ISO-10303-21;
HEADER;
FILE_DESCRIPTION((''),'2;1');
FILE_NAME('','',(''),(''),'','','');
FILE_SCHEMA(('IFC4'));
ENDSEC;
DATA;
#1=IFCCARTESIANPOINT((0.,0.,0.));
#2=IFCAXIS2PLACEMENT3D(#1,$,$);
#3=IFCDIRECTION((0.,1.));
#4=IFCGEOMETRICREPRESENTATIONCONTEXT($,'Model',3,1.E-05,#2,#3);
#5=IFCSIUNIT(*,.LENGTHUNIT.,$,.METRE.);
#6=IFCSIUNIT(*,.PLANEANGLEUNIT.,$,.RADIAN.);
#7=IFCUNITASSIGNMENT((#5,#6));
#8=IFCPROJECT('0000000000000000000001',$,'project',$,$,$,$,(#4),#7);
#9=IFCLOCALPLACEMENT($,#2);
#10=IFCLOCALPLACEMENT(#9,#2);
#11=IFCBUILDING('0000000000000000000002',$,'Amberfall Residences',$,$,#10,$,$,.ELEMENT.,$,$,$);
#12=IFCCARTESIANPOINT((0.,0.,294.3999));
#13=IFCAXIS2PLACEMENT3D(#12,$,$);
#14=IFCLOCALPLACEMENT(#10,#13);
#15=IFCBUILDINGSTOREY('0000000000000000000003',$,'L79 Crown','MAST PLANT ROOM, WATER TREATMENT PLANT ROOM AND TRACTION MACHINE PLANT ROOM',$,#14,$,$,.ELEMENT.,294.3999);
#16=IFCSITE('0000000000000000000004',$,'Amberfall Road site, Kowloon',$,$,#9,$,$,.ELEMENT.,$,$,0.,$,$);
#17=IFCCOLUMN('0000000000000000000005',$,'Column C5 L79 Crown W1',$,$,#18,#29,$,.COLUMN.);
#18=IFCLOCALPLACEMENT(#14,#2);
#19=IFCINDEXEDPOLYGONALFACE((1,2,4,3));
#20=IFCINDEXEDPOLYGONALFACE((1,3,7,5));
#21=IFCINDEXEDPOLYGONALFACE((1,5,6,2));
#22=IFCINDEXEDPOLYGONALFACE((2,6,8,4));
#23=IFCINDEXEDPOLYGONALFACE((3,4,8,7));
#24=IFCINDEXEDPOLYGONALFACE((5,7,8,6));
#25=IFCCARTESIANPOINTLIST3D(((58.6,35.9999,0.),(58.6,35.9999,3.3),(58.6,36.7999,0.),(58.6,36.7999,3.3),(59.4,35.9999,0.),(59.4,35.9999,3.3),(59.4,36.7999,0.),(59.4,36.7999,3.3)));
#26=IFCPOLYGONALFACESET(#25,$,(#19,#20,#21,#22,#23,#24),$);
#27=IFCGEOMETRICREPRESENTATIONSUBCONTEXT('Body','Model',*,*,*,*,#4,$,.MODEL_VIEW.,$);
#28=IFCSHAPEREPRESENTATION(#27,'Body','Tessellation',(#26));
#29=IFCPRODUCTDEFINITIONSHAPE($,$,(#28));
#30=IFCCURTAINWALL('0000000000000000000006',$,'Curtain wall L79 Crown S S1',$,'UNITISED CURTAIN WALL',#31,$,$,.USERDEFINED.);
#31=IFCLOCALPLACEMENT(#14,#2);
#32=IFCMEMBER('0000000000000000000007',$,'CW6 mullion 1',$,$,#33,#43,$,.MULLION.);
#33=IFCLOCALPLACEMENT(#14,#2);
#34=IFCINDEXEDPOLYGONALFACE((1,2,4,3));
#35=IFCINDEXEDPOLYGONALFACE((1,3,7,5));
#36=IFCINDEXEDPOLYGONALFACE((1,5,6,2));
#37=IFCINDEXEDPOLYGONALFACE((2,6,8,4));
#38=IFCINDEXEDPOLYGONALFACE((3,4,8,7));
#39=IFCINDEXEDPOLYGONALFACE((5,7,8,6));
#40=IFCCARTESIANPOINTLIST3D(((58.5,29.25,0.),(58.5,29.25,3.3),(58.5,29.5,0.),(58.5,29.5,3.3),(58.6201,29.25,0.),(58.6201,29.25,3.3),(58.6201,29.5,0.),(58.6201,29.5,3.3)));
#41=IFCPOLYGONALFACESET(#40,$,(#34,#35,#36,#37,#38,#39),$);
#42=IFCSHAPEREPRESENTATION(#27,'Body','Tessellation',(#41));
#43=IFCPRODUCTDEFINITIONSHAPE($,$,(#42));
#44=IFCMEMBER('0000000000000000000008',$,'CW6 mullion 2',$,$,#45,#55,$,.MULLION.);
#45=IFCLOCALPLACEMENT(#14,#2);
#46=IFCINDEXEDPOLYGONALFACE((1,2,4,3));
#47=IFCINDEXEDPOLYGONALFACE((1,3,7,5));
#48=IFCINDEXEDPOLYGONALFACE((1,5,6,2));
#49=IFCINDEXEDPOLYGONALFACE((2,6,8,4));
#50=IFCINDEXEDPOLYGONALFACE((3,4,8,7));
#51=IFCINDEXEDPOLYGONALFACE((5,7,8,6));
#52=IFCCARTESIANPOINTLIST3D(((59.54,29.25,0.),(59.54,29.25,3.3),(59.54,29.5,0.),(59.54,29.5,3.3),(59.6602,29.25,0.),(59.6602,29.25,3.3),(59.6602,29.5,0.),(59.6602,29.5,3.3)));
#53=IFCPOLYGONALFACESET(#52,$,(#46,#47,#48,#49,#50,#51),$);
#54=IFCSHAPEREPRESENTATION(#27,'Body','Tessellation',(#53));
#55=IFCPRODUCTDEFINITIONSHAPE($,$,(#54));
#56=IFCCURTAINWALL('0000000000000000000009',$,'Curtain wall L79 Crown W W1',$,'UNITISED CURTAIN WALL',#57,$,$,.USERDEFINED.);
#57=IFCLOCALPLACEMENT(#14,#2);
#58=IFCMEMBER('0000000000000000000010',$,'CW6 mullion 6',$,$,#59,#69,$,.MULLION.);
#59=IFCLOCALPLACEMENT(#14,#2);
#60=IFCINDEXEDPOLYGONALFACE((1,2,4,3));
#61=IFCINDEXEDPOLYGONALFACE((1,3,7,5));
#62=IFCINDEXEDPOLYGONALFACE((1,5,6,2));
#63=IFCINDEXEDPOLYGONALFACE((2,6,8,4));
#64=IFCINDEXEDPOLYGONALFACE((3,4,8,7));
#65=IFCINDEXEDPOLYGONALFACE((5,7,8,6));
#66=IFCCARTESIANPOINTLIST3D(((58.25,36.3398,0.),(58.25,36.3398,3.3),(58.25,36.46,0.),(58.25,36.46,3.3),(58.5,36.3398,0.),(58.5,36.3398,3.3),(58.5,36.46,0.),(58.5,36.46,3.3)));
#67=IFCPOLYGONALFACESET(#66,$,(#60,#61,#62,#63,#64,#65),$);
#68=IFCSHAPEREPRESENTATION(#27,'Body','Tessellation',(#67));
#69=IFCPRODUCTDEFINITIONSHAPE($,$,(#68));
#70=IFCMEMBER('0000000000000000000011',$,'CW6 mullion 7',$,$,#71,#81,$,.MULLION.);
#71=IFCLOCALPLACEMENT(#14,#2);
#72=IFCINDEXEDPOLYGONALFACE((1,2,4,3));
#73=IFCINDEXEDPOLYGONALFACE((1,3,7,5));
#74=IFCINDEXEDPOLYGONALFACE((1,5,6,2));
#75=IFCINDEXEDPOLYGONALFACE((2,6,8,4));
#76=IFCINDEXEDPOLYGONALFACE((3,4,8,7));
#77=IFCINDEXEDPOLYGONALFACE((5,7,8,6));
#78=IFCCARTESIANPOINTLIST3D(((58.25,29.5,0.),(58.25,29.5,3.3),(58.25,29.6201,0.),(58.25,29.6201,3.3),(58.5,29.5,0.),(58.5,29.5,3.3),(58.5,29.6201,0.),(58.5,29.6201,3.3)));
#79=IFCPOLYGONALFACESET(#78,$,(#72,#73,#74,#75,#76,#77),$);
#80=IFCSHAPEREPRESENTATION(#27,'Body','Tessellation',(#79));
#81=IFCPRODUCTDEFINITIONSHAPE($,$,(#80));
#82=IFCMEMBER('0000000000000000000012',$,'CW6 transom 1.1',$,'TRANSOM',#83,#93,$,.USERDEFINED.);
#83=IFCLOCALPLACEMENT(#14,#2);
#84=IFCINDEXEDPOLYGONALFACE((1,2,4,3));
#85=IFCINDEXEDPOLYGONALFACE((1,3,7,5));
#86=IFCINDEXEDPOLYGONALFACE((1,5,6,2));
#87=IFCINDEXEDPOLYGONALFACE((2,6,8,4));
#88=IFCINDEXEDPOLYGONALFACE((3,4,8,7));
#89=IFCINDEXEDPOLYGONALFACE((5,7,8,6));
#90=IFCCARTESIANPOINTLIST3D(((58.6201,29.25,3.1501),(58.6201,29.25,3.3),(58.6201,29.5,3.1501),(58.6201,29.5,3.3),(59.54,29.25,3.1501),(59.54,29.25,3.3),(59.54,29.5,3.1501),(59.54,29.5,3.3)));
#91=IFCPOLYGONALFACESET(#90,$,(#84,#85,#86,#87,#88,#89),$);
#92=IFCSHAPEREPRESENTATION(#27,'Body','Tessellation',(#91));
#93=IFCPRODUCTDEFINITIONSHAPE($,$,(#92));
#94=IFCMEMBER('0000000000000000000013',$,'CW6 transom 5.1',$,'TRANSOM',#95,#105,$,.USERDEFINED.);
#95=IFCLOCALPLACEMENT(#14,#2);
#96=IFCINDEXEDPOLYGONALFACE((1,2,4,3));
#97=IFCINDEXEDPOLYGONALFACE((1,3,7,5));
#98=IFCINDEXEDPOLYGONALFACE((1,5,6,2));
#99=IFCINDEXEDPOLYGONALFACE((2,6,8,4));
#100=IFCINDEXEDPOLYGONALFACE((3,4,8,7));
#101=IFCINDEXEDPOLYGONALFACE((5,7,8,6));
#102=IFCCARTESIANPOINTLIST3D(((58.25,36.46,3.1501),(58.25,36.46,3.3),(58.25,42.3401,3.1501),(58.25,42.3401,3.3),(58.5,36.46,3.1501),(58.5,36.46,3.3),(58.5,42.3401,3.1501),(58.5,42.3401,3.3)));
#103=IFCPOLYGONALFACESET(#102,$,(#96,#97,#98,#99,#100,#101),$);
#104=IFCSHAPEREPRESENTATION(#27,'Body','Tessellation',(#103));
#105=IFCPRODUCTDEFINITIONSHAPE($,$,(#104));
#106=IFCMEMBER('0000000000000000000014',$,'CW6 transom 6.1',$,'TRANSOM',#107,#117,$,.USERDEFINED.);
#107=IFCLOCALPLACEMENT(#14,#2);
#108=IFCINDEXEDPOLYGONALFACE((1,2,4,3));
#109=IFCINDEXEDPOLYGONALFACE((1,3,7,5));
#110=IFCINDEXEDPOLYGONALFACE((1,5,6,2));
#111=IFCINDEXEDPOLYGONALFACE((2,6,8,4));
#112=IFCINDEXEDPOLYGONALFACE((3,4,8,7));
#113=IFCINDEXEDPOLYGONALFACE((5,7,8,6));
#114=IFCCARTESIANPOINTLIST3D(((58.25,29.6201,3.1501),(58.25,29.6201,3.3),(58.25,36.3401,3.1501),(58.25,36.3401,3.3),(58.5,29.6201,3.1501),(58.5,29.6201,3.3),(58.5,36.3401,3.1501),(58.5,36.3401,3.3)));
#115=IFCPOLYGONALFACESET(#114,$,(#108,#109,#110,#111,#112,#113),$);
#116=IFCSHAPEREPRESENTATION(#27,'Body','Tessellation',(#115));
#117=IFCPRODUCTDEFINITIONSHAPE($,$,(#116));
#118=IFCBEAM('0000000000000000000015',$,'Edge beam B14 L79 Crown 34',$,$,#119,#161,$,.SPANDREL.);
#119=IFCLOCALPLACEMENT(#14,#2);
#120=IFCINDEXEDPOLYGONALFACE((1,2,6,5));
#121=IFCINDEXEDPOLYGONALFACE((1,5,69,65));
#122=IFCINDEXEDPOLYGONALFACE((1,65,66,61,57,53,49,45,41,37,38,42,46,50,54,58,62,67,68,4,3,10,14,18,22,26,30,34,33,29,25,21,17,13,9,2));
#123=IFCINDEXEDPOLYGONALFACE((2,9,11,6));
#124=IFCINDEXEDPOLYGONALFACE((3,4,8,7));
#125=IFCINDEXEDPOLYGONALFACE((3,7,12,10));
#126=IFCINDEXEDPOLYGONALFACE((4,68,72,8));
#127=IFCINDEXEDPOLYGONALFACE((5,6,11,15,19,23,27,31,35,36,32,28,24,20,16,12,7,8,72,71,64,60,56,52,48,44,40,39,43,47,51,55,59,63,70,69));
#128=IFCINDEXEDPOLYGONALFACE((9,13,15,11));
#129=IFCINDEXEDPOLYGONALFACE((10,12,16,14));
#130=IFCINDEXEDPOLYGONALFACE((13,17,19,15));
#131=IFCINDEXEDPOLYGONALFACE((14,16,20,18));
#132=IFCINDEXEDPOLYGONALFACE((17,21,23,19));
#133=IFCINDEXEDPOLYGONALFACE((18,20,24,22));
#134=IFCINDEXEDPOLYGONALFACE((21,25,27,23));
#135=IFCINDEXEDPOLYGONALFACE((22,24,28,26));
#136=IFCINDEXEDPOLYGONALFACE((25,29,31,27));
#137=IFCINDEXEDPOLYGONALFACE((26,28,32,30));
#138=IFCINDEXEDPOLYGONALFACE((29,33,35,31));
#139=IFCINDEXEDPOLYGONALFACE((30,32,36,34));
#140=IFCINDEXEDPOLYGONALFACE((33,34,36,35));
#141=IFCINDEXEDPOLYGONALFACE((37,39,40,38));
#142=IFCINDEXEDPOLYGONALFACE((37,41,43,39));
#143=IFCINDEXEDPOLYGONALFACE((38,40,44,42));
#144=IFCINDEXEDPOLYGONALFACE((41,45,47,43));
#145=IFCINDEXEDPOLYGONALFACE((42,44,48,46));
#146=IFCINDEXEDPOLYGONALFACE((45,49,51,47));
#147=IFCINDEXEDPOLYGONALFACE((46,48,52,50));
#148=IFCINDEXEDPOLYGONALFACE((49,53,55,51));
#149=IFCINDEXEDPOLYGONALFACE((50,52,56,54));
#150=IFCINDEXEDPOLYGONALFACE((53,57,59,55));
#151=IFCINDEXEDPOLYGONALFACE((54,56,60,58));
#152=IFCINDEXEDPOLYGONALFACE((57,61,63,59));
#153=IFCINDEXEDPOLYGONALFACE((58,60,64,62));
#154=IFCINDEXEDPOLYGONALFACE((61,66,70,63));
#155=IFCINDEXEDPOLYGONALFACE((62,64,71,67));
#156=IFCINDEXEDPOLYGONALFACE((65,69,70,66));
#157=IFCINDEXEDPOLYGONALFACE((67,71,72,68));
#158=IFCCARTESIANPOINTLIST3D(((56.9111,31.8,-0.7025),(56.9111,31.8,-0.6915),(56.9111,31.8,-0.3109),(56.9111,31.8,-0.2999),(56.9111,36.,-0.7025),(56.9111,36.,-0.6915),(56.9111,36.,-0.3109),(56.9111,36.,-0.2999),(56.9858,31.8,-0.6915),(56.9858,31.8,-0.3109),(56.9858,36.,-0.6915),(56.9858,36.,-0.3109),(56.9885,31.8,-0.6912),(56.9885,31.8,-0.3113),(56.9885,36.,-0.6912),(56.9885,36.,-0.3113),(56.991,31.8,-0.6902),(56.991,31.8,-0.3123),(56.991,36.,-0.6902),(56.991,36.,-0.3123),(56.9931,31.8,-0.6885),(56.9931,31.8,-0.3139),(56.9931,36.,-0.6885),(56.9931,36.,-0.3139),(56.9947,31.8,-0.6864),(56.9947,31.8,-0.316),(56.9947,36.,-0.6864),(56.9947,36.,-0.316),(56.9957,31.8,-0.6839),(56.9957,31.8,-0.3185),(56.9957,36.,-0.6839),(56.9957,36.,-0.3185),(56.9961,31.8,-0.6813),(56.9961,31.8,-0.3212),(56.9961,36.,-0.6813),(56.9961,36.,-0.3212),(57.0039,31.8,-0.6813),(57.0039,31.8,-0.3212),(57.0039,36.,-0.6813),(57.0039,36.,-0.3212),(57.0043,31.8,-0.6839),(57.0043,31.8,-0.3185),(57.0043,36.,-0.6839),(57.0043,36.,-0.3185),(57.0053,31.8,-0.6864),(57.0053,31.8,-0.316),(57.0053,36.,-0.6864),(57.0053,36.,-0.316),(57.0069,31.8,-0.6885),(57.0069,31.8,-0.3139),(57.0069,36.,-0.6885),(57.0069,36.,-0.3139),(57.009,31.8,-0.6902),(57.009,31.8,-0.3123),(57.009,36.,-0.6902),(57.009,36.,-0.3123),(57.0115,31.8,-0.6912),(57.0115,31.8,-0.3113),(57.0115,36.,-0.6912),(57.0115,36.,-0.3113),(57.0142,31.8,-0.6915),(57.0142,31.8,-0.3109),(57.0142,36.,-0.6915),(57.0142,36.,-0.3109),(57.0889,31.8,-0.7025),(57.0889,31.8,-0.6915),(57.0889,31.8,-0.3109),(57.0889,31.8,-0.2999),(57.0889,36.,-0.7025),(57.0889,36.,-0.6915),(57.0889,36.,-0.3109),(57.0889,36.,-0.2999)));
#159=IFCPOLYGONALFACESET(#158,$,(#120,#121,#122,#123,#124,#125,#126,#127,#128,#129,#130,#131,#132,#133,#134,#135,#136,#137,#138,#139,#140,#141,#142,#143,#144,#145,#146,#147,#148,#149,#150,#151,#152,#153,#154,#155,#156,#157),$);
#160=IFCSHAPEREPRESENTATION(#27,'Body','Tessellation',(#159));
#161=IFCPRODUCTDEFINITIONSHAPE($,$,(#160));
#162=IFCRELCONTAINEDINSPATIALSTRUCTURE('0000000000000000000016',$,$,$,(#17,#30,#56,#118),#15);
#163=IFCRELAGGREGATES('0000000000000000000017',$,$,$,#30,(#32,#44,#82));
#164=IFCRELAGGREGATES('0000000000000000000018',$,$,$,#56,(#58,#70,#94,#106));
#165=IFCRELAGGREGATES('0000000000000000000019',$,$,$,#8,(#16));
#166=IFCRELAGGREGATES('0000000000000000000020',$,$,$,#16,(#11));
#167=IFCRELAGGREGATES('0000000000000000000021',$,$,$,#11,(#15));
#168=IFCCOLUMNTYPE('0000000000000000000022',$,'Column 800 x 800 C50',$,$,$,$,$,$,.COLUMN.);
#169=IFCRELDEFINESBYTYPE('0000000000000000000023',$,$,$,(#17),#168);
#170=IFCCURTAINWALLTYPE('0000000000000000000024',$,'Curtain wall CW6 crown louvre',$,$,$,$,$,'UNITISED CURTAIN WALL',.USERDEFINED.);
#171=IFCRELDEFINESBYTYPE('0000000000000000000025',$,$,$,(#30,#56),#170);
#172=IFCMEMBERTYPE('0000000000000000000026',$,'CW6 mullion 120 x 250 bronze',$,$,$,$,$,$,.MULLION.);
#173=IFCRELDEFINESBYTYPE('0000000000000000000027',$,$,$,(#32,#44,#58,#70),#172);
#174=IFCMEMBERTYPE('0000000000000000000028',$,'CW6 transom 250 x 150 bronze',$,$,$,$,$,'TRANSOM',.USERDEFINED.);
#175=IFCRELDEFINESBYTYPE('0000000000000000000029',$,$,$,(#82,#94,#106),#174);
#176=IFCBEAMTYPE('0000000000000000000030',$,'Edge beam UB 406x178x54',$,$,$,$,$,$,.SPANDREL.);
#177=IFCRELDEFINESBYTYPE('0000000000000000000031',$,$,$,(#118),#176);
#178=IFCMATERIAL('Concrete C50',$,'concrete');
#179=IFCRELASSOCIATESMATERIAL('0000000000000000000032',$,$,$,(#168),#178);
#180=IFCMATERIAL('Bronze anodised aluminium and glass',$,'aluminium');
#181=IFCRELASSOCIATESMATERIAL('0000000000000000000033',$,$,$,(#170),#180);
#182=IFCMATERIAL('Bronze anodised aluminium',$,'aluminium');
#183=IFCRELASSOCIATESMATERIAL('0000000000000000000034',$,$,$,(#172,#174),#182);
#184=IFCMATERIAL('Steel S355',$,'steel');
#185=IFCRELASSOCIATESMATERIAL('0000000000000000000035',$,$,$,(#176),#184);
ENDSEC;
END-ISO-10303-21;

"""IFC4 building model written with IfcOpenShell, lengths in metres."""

from ifc_helpers import new_model, si_unit, direction, frame, origin, origin_2d, place, context, subcontext, project, spatial, rectangle, i_section, extrude, material, material_profile, profile_set, type_object, element, aggregate, save


model = new_model("IFC4")

# Units and contexts
model_context = context("Model", 3, precision=1e-05, world=origin(), true_north=direction((0.0, 1.0)))
body_context = subcontext(model_context, "Body", "Model", "MODEL_VIEW")
ifc_project = project(units=[si_unit("LENGTHUNIT", "METRE"), si_unit("PLANEANGLEUNIT", "RADIAN")], contexts=[model_context])

# Site, building, storey
site_placement = place(None, origin())
site = spatial("IfcSite", under=ifc_project, at=site_placement, Name="Amberfall Road site, Kowloon", CompositionType="ELEMENT", RefElevation=0.0)
building_placement = place(site_placement, origin())
building = spatial("IfcBuilding", under=site, at=building_placement, Name="Amberfall Residences", CompositionType="ELEMENT")
storey_placement = place(building_placement, frame((0.0, 0.0, 294.3999)))
storey = spatial("IfcBuildingStorey", under=building, at=storey_placement, Name="L79 Crown", Description="MAST PLANT ROOM, WATER TREATMENT PLANT ROOM AND TRACTION MACHINE PLANT ROOM", CompositionType="ELEMENT", Elevation=294.3999)

# Column
ifc_material_1 = material(Name="Concrete C50", Category="concrete")
ifc_material_profile_1 = material_profile(ifc_material_1, rectangle(XDim=0.8, YDim=0.8, at=origin_2d()), Name="Column 800 x 800 C50")
ifc_profile_set_1 = profile_set([ifc_material_profile_1], Name="Concrete C50")
column_type = type_object("IfcColumnType", Name="Column 800 x 800 C50", PredefinedType="COLUMN", material=ifc_profile_set_1)
column_placement = place(storey_placement, frame((59.0, 36.3999, 0.0), z_axis=(0.0, 0.0, 1.0), x_axis=(1.0, 0.0, 0.0)))
element("IfcColumn", 1, at=column_placement, inside=storey, type_object=column_type, Name="Column C5 L79 Crown W1", PredefinedType="COLUMN", context=body_context, shape_type="SweptSolid", body=[
    extrude(rectangle(XDim=0.8, YDim=0.8, at=origin_2d()), origin(), (0.0, 0.0, 1.0), 3.3),
])

# Curtain walls, members
ifc_material_2 = material(Name="Bronze anodised aluminium and glass", Category="aluminium")
curtain_wall_type = type_object("IfcCurtainWallType", Name="Curtain wall CW6 crown louvre", ElementType="UNITISED CURTAIN WALL", PredefinedType="USERDEFINED", material=ifc_material_2)
curtain_wall_1_placement = place(storey_placement, origin())
curtain_wall_1 = element("IfcCurtainWall", 2, at=curtain_wall_1_placement, inside=storey, type_object=curtain_wall_type, Name="Curtain wall L79 Crown S S1", ObjectType="UNITISED CURTAIN WALL", PredefinedType="USERDEFINED")
ifc_material_3 = material(Name="Bronze anodised aluminium", Category="aluminium")
ifc_material_profile_2 = material_profile(ifc_material_3, rectangle(XDim=0.25, YDim=0.1201, at=origin_2d()), Name="CW6 mullion 120 x 250 bronze")
ifc_profile_set_2 = profile_set([ifc_material_profile_2], Name="Bronze anodised aluminium")
member_type_1 = type_object("IfcMemberType", Name="CW6 mullion 120 x 250 bronze", PredefinedType="MULLION", material=ifc_profile_set_2)
member_1_placement = place(storey_placement, frame((58.5601, 29.375, 0.0), z_axis=(0.0, 0.0, 1.0), x_axis=(0.0, 1.0, 0.0)))
member_1 = element("IfcMember", 3, at=member_1_placement, type_object=member_type_1, Name="CW6 mullion 1", PredefinedType="MULLION", context=body_context, shape_type="SweptSolid", body=[
    extrude(rectangle(XDim=0.25, YDim=0.1201, at=origin_2d()), origin(), (0.0, 0.0, 1.0), 3.3),
])
member_2_placement = place(storey_placement, frame((59.6001, 29.375, 0.0), z_axis=(0.0, 0.0, 1.0), x_axis=(0.0, 1.0, 0.0)))
member_2 = element("IfcMember", 4, at=member_2_placement, type_object=member_type_1, Name="CW6 mullion 2", PredefinedType="MULLION", context=body_context, shape_type="SweptSolid", body=[
    extrude(rectangle(XDim=0.25, YDim=0.1201, at=origin_2d()), origin(), (0.0, 0.0, 1.0), 3.3),
])
curtain_wall_2_placement = place(storey_placement, origin())
curtain_wall_2 = element("IfcCurtainWall", 5, at=curtain_wall_2_placement, inside=storey, type_object=curtain_wall_type, Name="Curtain wall L79 Crown W W1", ObjectType="UNITISED CURTAIN WALL", PredefinedType="USERDEFINED")
member_3_placement = place(storey_placement, frame((58.375, 36.3999, 0.0), z_axis=(0.0, 0.0, 1.0), x_axis=(1.0, 0.0, 0.0)))
member_3 = element("IfcMember", 6, at=member_3_placement, type_object=member_type_1, Name="CW6 mullion 6", PredefinedType="MULLION", context=body_context, shape_type="SweptSolid", body=[
    extrude(rectangle(XDim=0.25, YDim=0.1201, at=origin_2d()), origin(), (0.0, 0.0, 1.0), 3.3),
])
member_4_placement = place(storey_placement, frame((58.375, 29.5601, 0.0), z_axis=(0.0, 0.0, 1.0), x_axis=(1.0, 0.0, 0.0)))
member_4 = element("IfcMember", 7, at=member_4_placement, type_object=member_type_1, Name="CW6 mullion 7", PredefinedType="MULLION", context=body_context, shape_type="SweptSolid", body=[
    extrude(rectangle(XDim=0.25, YDim=0.1201, at=origin_2d()), origin(), (0.0, 0.0, 1.0), 3.3),
])

# Members
ifc_material_profile_3 = material_profile(ifc_material_3, rectangle(XDim=0.25, YDim=0.1499, at=origin_2d()), Name="CW6 transom 250 x 150 bronze")
ifc_profile_set_3 = profile_set([ifc_material_profile_3], Name="Bronze anodised aluminium")
member_type_2 = type_object("IfcMemberType", Name="CW6 transom 250 x 150 bronze", ElementType="TRANSOM", PredefinedType="USERDEFINED", material=ifc_profile_set_3)
member_5_placement = place(storey_placement, frame((58.6201, 29.375, 3.2251), z_axis=(1.0, 0.0, 0.0), x_axis=(0.0, 1.0, 0.0)))
member_5 = element("IfcMember", 8, at=member_5_placement, type_object=member_type_2, Name="CW6 transom 1.1", ObjectType="TRANSOM", PredefinedType="USERDEFINED", context=body_context, shape_type="SweptSolid", body=[
    extrude(rectangle(XDim=0.25, YDim=0.1499, at=origin_2d()), origin(), (0.0, 0.0, 1.0), 0.9199),
])
member_6_placement = place(storey_placement, frame((58.375, 42.3401, 3.2251), z_axis=(0.0, -1.0, 0.0), x_axis=(1.0, 0.0, 0.0)))
member_6 = element("IfcMember", 9, at=member_6_placement, type_object=member_type_2, Name="CW6 transom 5.1", ObjectType="TRANSOM", PredefinedType="USERDEFINED", context=body_context, shape_type="SweptSolid", body=[
    extrude(rectangle(XDim=0.25, YDim=0.1499, at=origin_2d()), origin(), (0.0, 0.0, 1.0), 5.8801),
])
member_7_placement = place(storey_placement, frame((58.375, 36.3401, 3.2251), z_axis=(0.0, -1.0, 0.0), x_axis=(1.0, 0.0, 0.0)))
member_7 = element("IfcMember", 10, at=member_7_placement, type_object=member_type_2, Name="CW6 transom 6.1", ObjectType="TRANSOM", PredefinedType="USERDEFINED", context=body_context, shape_type="SweptSolid", body=[
    extrude(rectangle(XDim=0.25, YDim=0.1499, at=origin_2d()), origin(), (0.0, 0.0, 1.0), 6.72),
])

# Beam
ifc_material_4 = material(Name="Steel S355", Category="steel")
ifc_material_profile_4 = material_profile(ifc_material_4, i_section(OverallWidth=0.1777, OverallDepth=0.4026, WebThickness=0.0078, FlangeThickness=0.011, FilletRadius=0.0103, at=origin_2d()), Name="UB 406x178x54")
ifc_profile_set_4 = profile_set([ifc_material_profile_4], Name="Steel S355")
beam_type_1 = type_object("IfcBeamType", Name="Edge beam UB 406x178x54", PredefinedType="SPANDREL", material=ifc_profile_set_4)
beam_1_placement = place(storey_placement, frame((57.0, 31.8, -0.5012), z_axis=(0.0, 1.0, 0.0), x_axis=(-1.0, 0.0, 0.0)))
element("IfcBeam", 11, at=beam_1_placement, inside=storey, type_object=beam_type_1, Name="Edge beam B14 L79 Crown 34", PredefinedType="SPANDREL", context=body_context, shape_type="SweptSolid", body=[
    extrude(i_section(OverallWidth=0.1777, OverallDepth=0.4026, WebThickness=0.0078, FlangeThickness=0.011, FilletRadius=0.0103, at=origin_2d()), origin(), (0.0, 0.0, 1.0), 4.2),
])

aggregate(curtain_wall_1, [member_1, member_2, member_5])
aggregate(curtain_wall_2, [member_3, member_4, member_6, member_7])

save(model, "model.ifc")
